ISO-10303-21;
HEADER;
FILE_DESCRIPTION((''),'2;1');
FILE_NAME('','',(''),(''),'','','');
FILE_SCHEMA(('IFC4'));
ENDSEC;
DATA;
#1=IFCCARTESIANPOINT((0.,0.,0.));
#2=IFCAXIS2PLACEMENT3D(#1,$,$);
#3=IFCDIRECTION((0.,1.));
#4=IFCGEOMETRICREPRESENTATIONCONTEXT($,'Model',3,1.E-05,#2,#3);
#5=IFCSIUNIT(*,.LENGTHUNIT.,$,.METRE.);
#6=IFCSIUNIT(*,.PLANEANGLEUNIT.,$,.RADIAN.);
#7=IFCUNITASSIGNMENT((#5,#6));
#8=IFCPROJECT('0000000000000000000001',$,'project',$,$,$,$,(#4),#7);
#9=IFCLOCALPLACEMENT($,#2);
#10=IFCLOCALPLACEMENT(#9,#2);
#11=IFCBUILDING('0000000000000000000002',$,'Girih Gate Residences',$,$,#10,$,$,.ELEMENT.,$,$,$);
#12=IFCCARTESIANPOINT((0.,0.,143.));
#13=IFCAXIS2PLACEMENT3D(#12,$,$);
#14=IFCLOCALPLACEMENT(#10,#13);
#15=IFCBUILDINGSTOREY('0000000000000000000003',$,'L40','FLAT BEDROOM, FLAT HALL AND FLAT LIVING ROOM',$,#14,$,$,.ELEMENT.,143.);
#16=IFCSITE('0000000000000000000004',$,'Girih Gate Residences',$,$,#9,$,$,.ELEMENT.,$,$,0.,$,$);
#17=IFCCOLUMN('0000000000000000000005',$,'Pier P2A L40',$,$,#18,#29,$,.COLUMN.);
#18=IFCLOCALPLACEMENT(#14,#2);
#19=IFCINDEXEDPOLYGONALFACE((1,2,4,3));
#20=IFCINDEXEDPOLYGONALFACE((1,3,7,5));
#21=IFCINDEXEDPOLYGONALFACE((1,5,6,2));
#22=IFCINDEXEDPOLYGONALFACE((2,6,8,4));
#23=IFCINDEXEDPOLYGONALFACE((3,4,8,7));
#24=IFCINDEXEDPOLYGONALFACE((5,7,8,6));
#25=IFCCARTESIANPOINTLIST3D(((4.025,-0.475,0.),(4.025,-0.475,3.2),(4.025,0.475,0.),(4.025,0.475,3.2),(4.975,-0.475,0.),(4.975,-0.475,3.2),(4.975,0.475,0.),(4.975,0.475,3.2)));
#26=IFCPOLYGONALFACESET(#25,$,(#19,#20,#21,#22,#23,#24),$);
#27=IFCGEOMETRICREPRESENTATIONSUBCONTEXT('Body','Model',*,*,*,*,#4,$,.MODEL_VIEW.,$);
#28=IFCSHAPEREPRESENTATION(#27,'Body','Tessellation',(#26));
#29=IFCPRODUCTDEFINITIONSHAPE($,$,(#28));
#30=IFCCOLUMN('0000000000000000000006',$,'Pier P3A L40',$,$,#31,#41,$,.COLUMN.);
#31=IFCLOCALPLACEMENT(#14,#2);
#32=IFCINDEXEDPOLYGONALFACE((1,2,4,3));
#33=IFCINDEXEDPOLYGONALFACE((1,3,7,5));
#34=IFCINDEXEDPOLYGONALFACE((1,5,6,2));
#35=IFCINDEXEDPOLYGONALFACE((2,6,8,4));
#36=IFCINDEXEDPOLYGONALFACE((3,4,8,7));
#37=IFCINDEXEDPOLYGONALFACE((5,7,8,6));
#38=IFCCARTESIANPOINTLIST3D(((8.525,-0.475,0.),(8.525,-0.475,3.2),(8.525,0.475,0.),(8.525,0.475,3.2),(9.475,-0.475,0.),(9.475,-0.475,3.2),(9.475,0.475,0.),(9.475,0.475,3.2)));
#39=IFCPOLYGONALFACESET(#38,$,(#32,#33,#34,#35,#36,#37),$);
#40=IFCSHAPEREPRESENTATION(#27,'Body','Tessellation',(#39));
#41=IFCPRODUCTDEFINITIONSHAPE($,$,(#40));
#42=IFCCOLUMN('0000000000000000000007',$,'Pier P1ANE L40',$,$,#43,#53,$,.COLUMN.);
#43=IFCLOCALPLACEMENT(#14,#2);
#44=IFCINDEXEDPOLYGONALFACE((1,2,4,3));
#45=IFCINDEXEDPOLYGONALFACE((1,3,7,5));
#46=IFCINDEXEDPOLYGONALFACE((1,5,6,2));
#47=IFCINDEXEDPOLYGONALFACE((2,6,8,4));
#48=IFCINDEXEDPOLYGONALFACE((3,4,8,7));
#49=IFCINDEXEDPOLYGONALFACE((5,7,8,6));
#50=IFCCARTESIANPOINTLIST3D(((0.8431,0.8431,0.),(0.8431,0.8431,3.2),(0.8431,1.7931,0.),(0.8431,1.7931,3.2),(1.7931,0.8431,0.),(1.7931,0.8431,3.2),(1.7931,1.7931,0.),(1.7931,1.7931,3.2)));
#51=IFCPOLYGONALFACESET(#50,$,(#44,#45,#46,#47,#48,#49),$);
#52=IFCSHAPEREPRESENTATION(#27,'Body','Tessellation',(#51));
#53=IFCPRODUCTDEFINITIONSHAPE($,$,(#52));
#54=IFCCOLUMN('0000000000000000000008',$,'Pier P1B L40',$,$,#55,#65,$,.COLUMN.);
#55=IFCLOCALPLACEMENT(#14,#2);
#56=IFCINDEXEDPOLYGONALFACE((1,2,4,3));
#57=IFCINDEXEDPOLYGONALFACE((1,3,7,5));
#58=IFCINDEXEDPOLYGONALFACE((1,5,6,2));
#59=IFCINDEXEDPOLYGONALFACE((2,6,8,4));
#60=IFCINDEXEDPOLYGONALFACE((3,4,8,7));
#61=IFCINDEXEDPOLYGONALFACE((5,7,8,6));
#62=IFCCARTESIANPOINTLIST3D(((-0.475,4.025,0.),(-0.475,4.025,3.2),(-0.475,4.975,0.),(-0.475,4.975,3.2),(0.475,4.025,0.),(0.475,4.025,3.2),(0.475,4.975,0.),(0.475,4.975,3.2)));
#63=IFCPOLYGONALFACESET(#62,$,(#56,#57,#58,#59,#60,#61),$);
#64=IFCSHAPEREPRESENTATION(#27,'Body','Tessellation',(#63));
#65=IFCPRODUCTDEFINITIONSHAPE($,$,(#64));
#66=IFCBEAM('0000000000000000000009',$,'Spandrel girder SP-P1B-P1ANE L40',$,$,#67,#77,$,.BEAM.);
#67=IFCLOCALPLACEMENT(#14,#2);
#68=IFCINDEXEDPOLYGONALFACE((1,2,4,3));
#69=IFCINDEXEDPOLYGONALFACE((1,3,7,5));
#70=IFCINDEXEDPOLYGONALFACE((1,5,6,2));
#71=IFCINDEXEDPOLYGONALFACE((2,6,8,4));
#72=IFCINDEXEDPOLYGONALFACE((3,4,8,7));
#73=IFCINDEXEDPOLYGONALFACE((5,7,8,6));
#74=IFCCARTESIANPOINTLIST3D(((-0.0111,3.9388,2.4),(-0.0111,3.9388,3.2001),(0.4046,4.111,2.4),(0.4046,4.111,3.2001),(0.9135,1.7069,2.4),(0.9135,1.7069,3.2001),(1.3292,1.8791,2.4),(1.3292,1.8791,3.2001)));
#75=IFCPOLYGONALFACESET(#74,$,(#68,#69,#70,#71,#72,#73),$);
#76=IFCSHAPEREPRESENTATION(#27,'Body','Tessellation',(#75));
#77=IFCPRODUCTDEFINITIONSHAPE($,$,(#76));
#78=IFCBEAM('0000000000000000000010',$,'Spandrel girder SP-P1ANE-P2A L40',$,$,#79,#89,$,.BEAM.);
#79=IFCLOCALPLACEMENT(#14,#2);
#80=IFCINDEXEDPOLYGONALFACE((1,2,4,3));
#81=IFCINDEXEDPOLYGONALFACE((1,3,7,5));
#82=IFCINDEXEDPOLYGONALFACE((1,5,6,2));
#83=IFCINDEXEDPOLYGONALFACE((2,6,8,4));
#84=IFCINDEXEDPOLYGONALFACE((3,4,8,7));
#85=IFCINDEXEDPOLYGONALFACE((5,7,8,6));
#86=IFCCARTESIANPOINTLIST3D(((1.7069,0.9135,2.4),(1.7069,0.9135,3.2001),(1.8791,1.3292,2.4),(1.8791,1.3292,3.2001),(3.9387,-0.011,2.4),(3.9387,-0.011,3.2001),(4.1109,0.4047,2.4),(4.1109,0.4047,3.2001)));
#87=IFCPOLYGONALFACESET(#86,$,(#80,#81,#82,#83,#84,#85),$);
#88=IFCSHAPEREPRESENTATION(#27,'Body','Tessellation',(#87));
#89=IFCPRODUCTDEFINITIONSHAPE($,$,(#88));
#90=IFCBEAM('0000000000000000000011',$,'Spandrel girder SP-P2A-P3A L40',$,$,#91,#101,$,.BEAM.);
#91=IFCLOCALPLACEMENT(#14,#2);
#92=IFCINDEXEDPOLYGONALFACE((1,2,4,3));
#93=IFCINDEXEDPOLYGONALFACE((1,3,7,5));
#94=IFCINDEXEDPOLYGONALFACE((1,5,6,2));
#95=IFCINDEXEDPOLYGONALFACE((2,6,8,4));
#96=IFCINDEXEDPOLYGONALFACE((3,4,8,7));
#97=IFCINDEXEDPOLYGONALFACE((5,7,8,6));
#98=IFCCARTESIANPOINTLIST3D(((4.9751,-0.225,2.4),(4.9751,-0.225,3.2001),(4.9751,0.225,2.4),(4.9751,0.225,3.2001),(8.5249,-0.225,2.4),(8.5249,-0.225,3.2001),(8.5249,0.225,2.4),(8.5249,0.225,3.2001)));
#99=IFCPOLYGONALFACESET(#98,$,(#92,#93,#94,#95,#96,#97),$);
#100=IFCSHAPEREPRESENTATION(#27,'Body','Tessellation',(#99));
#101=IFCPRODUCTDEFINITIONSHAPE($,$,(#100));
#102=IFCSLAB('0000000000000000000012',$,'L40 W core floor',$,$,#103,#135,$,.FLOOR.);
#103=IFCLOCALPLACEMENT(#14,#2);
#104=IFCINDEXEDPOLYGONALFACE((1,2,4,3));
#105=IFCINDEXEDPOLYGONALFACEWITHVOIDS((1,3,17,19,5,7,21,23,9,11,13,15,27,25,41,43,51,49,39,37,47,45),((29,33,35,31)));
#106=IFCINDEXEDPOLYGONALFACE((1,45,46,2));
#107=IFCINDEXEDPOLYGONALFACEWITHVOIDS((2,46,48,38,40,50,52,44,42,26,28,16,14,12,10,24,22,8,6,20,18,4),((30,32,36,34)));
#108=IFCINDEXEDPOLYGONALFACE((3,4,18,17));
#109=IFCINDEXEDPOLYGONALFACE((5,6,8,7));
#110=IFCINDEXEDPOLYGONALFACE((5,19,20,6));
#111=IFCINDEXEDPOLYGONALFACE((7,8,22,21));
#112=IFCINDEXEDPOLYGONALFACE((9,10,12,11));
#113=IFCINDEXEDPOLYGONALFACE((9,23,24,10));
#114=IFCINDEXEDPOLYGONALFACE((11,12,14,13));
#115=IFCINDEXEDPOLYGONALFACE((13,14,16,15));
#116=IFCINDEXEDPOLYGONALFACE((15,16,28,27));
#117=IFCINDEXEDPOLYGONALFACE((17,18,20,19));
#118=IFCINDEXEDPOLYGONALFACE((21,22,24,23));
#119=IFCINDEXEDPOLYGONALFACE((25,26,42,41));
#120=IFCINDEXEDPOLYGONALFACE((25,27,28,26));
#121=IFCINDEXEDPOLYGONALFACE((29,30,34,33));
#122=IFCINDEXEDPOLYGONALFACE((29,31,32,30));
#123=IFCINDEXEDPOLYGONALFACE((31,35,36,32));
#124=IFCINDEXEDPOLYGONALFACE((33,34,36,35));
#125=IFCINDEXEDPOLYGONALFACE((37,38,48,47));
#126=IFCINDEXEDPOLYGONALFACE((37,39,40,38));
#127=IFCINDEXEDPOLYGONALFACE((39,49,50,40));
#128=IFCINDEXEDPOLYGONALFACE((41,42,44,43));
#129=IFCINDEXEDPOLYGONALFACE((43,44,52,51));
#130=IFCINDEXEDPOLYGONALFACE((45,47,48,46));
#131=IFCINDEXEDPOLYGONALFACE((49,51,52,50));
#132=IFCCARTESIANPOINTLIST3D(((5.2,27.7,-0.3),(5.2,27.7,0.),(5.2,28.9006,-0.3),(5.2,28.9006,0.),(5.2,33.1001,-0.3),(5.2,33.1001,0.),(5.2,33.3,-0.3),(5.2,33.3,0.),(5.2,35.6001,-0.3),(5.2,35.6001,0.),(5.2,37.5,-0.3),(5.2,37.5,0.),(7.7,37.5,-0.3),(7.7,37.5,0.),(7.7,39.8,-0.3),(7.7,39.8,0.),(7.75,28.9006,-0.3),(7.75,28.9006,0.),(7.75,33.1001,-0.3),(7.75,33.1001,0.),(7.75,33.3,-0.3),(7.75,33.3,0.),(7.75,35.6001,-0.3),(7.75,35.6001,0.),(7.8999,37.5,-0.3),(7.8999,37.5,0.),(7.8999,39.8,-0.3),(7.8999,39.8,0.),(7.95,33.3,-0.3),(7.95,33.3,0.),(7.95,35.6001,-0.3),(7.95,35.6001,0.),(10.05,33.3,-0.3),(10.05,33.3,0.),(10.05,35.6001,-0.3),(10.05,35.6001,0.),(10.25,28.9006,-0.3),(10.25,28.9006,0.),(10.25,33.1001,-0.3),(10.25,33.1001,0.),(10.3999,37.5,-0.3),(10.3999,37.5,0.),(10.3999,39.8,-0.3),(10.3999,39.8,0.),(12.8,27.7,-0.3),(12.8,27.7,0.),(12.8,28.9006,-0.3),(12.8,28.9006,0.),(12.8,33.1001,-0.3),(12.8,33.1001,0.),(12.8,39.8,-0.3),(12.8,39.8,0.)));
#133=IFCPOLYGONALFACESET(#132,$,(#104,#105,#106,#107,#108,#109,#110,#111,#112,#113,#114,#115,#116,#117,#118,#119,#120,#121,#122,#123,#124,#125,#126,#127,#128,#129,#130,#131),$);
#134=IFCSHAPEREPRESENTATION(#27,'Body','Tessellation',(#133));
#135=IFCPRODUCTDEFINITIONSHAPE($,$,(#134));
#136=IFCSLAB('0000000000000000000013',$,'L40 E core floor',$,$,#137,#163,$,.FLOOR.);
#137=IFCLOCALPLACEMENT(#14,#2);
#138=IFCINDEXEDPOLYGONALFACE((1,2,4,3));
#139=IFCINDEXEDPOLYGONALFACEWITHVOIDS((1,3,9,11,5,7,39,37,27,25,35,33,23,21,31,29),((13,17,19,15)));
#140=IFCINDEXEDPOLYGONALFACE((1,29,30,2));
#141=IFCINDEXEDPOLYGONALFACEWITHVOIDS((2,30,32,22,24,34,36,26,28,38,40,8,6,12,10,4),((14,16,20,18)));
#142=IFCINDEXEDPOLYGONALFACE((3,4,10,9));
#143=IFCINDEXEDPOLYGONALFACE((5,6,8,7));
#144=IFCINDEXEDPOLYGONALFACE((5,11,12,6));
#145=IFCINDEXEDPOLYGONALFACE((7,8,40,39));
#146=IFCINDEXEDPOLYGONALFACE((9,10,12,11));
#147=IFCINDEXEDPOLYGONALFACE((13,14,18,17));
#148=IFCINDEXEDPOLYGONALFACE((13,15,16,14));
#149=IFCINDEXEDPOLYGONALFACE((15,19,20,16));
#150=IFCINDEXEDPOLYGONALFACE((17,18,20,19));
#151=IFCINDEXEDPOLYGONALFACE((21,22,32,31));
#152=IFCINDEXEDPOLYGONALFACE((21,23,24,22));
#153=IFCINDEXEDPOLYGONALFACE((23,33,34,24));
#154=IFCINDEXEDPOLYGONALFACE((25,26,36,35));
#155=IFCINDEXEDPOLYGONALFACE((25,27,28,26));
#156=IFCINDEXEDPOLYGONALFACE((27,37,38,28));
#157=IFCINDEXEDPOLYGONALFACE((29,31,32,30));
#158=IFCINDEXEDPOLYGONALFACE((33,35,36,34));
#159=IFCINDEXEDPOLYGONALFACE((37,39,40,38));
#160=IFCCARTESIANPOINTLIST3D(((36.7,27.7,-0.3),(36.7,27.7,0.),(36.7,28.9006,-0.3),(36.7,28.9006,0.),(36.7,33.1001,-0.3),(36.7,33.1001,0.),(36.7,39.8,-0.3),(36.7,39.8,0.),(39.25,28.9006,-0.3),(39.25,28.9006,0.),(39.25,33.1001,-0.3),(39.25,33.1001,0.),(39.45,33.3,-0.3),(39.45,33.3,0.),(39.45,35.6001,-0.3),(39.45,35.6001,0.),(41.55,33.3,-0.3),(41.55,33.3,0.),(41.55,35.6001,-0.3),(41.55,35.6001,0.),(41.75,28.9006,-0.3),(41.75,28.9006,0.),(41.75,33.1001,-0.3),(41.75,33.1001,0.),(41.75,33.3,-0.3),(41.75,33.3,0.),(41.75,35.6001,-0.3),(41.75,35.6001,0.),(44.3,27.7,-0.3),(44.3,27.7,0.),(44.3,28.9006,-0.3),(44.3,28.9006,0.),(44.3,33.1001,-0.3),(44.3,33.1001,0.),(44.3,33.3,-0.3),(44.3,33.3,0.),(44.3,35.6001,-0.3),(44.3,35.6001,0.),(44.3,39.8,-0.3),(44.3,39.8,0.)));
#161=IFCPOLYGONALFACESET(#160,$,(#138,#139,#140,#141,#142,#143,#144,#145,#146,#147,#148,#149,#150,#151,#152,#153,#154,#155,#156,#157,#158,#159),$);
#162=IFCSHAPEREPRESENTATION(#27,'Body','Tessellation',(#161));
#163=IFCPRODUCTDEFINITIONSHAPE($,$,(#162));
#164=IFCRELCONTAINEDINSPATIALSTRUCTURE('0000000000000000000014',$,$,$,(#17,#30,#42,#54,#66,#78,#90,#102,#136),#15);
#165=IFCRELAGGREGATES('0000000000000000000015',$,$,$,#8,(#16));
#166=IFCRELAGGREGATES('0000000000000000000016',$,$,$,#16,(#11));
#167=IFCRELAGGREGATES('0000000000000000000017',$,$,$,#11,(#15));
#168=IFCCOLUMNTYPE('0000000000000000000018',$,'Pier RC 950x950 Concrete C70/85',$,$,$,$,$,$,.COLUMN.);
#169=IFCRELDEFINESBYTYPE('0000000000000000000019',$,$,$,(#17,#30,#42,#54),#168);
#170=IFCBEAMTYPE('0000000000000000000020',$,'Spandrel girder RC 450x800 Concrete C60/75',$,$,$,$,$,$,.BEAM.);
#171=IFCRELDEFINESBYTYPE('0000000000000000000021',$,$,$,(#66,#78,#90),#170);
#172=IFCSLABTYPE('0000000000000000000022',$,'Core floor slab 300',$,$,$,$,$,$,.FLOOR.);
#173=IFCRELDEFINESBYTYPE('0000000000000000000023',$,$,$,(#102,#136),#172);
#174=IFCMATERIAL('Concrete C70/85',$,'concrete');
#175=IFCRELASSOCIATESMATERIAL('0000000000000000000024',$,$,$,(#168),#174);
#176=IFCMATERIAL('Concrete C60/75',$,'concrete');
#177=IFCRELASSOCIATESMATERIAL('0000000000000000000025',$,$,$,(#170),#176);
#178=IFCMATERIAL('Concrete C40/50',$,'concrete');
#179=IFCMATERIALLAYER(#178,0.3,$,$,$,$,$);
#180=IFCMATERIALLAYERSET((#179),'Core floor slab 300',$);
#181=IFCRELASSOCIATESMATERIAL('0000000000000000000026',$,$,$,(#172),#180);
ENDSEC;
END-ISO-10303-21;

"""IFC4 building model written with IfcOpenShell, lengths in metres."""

from ifc_helpers import new_model, si_unit, direction, frame, origin, origin_2d, place, context, subcontext, project, spatial, polyline, rectangle, outline, extrude, material, layer, layer_set, material_profile, profile_set, type_object, element, save


model = new_model("IFC4")

# Units and contexts
model_context = context("Model", 3, precision=1e-05, world=origin(), true_north=direction((0.0, 1.0)))
body_context = subcontext(model_context, "Body", "Model", "MODEL_VIEW")
ifc_project = project(units=[si_unit("LENGTHUNIT", "METRE"), si_unit("PLANEANGLEUNIT", "RADIAN")], contexts=[model_context])

# Site, building, storey
site_placement = place(None, origin())
site = spatial("IfcSite", under=ifc_project, at=site_placement, Name="Girih Gate Residences", CompositionType="ELEMENT", RefElevation=0.0)
building_placement = place(site_placement, origin())
building = spatial("IfcBuilding", under=site, at=building_placement, Name="Girih Gate Residences", CompositionType="ELEMENT")
storey_placement = place(building_placement, frame((0.0, 0.0, 143.0)))
storey = spatial("IfcBuildingStorey", under=building, at=storey_placement, Name="L40", Description="FLAT BEDROOM, FLAT HALL AND FLAT LIVING ROOM", CompositionType="ELEMENT", Elevation=143.0)

# Columns
ifc_material_1 = material(Name="Concrete C70/85", Category="concrete")
ifc_material_profile_1 = material_profile(ifc_material_1, rectangle(XDim=0.95, YDim=0.95, at=origin_2d()))
ifc_profile_set_1 = profile_set([ifc_material_profile_1], Name="Concrete C70/85")
column_type = type_object("IfcColumnType", Name="Pier RC 950x950 Concrete C70/85", PredefinedType="COLUMN", material=ifc_profile_set_1)
for number, where, z_axis, x_axis, name in (
    (1, (4.5, 0.0, 0.0), (0.0, 0.0, 1.0), (1.0, 0.0, 0.0), "Pier P2A L40"),
    (2, (9.0, 0.0, 0.0), (0.0, 0.0, 1.0), (1.0, 0.0, 0.0), "Pier P3A L40"),
    (3, (1.3181, 1.3181, 0.0), (0.0, 0.0, 1.0), (1.0, 0.0, 0.0), "Pier P1ANE L40"),
    (4, (0.0, 4.5, 0.0), (0.0, 0.0, 1.0), (1.0, 0.0, 0.0), "Pier P1B L40"),
):
    element("IfcColumn", number, at=place(storey_placement, frame(where, z_axis=z_axis, x_axis=x_axis)), inside=storey, type_object=column_type, Name=name, PredefinedType="COLUMN", context=body_context, shape_type="SweptSolid", body=[
        extrude(rectangle(XDim=0.95, YDim=0.95, at=origin_2d()), origin(), (0.0, 0.0, 1.0), 3.2),
    ])

# Beams
ifc_material_2 = material(Name="Concrete C60/75", Category="concrete")
ifc_material_profile_2 = material_profile(ifc_material_2, rectangle(XDim=0.45, YDim=0.8, at=origin_2d()))
ifc_profile_set_2 = profile_set([ifc_material_profile_2], Name="Concrete C60/75")
beam_type = type_object("IfcBeamType", Name="Spandrel girder RC 450x800 Concrete C60/75", PredefinedType="BEAM", material=ifc_profile_set_2)
for number, where, z_axis, x_axis, name in (
    (5, (0.1968, 4.0249, 2.8), (0.382706, -0.92387, 0.0), (0.92387, 0.382706, 0.0), "Spandrel girder SP-P1B-P1ANE L40"),
    (6, (1.793, 1.1213, 2.8), (0.92387, -0.382706, 0.0), (0.382706, 0.92387, 0.0), "Spandrel girder SP-P1ANE-P2A L40"),
):
    element("IfcBeam", number, at=place(storey_placement, frame(where, z_axis=z_axis, x_axis=x_axis)), inside=storey, type_object=beam_type, Name=name, PredefinedType="BEAM", context=body_context, shape_type="SweptSolid", body=[
        extrude(rectangle(XDim=0.45, YDim=0.8, at=origin_2d()), origin(), (0.0, 0.0, 1.0), 2.4158),
    ])
beam_placement = place(storey_placement, frame((4.9751, 0.0, 2.8), z_axis=(1.0, 0.0, 0.0), x_axis=(0.0, 1.0, 0.0)))
element("IfcBeam", 7, at=beam_placement, inside=storey, type_object=beam_type, Name="Spandrel girder SP-P2A-P3A L40", PredefinedType="BEAM", context=body_context, shape_type="SweptSolid", body=[
    extrude(rectangle(XDim=0.45, YDim=0.8, at=origin_2d()), origin(), (0.0, 0.0, 1.0), 3.5498),
])

# Slabs
ifc_material_3 = material(Name="Concrete C40/50", Category="concrete")
ifc_layer_1 = layer(ifc_material_3, 0.3)
ifc_layer_set_1 = layer_set([ifc_layer_1], Name="Core floor slab 300")
slab_type_1 = type_object("IfcSlabType", Name="Core floor slab 300", PredefinedType="FLOOR", material=ifc_layer_set_1)
slab_1_placement = place(storey_placement, frame((0.0, 0.0, -0.3)))
element("IfcSlab", 8, at=slab_1_placement, inside=storey, type_object=slab_type_1, Name="L40 W core floor", PredefinedType="FLOOR", context=body_context, shape_type="SweptSolid", body=[
    extrude(outline(polyline([(12.8, 27.7), (5.2, 27.7), (5.2, 28.9006), (7.75, 28.9006), (7.75, 33.1001), (5.2, 33.1001), (5.2, 33.3), (7.75, 33.3), (7.75, 35.6001), (5.2, 35.6001), (5.2, 37.5), (7.7, 37.5), (7.7, 39.8), (7.8999, 39.8), (7.8999, 37.5), (10.3999, 37.5), (10.3999, 39.8), (12.8, 39.8), (12.8, 33.1001), (10.25, 33.1001), (10.25, 28.9006), (12.8, 28.9006), (12.8, 27.7)]), holes=[polyline([(7.95, 33.3), (10.05, 33.3), (10.05, 35.6001), (7.95, 35.6001), (7.95, 33.3)])]), origin(), (0.0, 0.0, 1.0), 0.3),
])
slab_2_placement = place(storey_placement, frame((0.0, 0.0, -0.3)))
element("IfcSlab", 9, at=slab_2_placement, inside=storey, type_object=slab_type_1, Name="L40 E core floor", PredefinedType="FLOOR", context=body_context, shape_type="SweptSolid", body=[
    extrude(outline(polyline([(44.3, 27.7), (36.7, 27.7), (36.7, 28.9006), (39.25, 28.9006), (39.25, 33.1001), (36.7, 33.1001), (36.7, 39.8), (44.3, 39.8), (44.3, 35.6001), (41.75, 35.6001), (41.75, 33.3), (44.3, 33.3), (44.3, 33.1001), (41.75, 33.1001), (41.75, 28.9006), (44.3, 28.9006), (44.3, 27.7)]), holes=[polyline([(39.45, 33.3), (41.55, 33.3), (41.55, 35.6001), (39.45, 35.6001), (39.45, 33.3)])]), origin(), (0.0, 0.0, 1.0), 0.3),
])

save(model, "model.ifc")
